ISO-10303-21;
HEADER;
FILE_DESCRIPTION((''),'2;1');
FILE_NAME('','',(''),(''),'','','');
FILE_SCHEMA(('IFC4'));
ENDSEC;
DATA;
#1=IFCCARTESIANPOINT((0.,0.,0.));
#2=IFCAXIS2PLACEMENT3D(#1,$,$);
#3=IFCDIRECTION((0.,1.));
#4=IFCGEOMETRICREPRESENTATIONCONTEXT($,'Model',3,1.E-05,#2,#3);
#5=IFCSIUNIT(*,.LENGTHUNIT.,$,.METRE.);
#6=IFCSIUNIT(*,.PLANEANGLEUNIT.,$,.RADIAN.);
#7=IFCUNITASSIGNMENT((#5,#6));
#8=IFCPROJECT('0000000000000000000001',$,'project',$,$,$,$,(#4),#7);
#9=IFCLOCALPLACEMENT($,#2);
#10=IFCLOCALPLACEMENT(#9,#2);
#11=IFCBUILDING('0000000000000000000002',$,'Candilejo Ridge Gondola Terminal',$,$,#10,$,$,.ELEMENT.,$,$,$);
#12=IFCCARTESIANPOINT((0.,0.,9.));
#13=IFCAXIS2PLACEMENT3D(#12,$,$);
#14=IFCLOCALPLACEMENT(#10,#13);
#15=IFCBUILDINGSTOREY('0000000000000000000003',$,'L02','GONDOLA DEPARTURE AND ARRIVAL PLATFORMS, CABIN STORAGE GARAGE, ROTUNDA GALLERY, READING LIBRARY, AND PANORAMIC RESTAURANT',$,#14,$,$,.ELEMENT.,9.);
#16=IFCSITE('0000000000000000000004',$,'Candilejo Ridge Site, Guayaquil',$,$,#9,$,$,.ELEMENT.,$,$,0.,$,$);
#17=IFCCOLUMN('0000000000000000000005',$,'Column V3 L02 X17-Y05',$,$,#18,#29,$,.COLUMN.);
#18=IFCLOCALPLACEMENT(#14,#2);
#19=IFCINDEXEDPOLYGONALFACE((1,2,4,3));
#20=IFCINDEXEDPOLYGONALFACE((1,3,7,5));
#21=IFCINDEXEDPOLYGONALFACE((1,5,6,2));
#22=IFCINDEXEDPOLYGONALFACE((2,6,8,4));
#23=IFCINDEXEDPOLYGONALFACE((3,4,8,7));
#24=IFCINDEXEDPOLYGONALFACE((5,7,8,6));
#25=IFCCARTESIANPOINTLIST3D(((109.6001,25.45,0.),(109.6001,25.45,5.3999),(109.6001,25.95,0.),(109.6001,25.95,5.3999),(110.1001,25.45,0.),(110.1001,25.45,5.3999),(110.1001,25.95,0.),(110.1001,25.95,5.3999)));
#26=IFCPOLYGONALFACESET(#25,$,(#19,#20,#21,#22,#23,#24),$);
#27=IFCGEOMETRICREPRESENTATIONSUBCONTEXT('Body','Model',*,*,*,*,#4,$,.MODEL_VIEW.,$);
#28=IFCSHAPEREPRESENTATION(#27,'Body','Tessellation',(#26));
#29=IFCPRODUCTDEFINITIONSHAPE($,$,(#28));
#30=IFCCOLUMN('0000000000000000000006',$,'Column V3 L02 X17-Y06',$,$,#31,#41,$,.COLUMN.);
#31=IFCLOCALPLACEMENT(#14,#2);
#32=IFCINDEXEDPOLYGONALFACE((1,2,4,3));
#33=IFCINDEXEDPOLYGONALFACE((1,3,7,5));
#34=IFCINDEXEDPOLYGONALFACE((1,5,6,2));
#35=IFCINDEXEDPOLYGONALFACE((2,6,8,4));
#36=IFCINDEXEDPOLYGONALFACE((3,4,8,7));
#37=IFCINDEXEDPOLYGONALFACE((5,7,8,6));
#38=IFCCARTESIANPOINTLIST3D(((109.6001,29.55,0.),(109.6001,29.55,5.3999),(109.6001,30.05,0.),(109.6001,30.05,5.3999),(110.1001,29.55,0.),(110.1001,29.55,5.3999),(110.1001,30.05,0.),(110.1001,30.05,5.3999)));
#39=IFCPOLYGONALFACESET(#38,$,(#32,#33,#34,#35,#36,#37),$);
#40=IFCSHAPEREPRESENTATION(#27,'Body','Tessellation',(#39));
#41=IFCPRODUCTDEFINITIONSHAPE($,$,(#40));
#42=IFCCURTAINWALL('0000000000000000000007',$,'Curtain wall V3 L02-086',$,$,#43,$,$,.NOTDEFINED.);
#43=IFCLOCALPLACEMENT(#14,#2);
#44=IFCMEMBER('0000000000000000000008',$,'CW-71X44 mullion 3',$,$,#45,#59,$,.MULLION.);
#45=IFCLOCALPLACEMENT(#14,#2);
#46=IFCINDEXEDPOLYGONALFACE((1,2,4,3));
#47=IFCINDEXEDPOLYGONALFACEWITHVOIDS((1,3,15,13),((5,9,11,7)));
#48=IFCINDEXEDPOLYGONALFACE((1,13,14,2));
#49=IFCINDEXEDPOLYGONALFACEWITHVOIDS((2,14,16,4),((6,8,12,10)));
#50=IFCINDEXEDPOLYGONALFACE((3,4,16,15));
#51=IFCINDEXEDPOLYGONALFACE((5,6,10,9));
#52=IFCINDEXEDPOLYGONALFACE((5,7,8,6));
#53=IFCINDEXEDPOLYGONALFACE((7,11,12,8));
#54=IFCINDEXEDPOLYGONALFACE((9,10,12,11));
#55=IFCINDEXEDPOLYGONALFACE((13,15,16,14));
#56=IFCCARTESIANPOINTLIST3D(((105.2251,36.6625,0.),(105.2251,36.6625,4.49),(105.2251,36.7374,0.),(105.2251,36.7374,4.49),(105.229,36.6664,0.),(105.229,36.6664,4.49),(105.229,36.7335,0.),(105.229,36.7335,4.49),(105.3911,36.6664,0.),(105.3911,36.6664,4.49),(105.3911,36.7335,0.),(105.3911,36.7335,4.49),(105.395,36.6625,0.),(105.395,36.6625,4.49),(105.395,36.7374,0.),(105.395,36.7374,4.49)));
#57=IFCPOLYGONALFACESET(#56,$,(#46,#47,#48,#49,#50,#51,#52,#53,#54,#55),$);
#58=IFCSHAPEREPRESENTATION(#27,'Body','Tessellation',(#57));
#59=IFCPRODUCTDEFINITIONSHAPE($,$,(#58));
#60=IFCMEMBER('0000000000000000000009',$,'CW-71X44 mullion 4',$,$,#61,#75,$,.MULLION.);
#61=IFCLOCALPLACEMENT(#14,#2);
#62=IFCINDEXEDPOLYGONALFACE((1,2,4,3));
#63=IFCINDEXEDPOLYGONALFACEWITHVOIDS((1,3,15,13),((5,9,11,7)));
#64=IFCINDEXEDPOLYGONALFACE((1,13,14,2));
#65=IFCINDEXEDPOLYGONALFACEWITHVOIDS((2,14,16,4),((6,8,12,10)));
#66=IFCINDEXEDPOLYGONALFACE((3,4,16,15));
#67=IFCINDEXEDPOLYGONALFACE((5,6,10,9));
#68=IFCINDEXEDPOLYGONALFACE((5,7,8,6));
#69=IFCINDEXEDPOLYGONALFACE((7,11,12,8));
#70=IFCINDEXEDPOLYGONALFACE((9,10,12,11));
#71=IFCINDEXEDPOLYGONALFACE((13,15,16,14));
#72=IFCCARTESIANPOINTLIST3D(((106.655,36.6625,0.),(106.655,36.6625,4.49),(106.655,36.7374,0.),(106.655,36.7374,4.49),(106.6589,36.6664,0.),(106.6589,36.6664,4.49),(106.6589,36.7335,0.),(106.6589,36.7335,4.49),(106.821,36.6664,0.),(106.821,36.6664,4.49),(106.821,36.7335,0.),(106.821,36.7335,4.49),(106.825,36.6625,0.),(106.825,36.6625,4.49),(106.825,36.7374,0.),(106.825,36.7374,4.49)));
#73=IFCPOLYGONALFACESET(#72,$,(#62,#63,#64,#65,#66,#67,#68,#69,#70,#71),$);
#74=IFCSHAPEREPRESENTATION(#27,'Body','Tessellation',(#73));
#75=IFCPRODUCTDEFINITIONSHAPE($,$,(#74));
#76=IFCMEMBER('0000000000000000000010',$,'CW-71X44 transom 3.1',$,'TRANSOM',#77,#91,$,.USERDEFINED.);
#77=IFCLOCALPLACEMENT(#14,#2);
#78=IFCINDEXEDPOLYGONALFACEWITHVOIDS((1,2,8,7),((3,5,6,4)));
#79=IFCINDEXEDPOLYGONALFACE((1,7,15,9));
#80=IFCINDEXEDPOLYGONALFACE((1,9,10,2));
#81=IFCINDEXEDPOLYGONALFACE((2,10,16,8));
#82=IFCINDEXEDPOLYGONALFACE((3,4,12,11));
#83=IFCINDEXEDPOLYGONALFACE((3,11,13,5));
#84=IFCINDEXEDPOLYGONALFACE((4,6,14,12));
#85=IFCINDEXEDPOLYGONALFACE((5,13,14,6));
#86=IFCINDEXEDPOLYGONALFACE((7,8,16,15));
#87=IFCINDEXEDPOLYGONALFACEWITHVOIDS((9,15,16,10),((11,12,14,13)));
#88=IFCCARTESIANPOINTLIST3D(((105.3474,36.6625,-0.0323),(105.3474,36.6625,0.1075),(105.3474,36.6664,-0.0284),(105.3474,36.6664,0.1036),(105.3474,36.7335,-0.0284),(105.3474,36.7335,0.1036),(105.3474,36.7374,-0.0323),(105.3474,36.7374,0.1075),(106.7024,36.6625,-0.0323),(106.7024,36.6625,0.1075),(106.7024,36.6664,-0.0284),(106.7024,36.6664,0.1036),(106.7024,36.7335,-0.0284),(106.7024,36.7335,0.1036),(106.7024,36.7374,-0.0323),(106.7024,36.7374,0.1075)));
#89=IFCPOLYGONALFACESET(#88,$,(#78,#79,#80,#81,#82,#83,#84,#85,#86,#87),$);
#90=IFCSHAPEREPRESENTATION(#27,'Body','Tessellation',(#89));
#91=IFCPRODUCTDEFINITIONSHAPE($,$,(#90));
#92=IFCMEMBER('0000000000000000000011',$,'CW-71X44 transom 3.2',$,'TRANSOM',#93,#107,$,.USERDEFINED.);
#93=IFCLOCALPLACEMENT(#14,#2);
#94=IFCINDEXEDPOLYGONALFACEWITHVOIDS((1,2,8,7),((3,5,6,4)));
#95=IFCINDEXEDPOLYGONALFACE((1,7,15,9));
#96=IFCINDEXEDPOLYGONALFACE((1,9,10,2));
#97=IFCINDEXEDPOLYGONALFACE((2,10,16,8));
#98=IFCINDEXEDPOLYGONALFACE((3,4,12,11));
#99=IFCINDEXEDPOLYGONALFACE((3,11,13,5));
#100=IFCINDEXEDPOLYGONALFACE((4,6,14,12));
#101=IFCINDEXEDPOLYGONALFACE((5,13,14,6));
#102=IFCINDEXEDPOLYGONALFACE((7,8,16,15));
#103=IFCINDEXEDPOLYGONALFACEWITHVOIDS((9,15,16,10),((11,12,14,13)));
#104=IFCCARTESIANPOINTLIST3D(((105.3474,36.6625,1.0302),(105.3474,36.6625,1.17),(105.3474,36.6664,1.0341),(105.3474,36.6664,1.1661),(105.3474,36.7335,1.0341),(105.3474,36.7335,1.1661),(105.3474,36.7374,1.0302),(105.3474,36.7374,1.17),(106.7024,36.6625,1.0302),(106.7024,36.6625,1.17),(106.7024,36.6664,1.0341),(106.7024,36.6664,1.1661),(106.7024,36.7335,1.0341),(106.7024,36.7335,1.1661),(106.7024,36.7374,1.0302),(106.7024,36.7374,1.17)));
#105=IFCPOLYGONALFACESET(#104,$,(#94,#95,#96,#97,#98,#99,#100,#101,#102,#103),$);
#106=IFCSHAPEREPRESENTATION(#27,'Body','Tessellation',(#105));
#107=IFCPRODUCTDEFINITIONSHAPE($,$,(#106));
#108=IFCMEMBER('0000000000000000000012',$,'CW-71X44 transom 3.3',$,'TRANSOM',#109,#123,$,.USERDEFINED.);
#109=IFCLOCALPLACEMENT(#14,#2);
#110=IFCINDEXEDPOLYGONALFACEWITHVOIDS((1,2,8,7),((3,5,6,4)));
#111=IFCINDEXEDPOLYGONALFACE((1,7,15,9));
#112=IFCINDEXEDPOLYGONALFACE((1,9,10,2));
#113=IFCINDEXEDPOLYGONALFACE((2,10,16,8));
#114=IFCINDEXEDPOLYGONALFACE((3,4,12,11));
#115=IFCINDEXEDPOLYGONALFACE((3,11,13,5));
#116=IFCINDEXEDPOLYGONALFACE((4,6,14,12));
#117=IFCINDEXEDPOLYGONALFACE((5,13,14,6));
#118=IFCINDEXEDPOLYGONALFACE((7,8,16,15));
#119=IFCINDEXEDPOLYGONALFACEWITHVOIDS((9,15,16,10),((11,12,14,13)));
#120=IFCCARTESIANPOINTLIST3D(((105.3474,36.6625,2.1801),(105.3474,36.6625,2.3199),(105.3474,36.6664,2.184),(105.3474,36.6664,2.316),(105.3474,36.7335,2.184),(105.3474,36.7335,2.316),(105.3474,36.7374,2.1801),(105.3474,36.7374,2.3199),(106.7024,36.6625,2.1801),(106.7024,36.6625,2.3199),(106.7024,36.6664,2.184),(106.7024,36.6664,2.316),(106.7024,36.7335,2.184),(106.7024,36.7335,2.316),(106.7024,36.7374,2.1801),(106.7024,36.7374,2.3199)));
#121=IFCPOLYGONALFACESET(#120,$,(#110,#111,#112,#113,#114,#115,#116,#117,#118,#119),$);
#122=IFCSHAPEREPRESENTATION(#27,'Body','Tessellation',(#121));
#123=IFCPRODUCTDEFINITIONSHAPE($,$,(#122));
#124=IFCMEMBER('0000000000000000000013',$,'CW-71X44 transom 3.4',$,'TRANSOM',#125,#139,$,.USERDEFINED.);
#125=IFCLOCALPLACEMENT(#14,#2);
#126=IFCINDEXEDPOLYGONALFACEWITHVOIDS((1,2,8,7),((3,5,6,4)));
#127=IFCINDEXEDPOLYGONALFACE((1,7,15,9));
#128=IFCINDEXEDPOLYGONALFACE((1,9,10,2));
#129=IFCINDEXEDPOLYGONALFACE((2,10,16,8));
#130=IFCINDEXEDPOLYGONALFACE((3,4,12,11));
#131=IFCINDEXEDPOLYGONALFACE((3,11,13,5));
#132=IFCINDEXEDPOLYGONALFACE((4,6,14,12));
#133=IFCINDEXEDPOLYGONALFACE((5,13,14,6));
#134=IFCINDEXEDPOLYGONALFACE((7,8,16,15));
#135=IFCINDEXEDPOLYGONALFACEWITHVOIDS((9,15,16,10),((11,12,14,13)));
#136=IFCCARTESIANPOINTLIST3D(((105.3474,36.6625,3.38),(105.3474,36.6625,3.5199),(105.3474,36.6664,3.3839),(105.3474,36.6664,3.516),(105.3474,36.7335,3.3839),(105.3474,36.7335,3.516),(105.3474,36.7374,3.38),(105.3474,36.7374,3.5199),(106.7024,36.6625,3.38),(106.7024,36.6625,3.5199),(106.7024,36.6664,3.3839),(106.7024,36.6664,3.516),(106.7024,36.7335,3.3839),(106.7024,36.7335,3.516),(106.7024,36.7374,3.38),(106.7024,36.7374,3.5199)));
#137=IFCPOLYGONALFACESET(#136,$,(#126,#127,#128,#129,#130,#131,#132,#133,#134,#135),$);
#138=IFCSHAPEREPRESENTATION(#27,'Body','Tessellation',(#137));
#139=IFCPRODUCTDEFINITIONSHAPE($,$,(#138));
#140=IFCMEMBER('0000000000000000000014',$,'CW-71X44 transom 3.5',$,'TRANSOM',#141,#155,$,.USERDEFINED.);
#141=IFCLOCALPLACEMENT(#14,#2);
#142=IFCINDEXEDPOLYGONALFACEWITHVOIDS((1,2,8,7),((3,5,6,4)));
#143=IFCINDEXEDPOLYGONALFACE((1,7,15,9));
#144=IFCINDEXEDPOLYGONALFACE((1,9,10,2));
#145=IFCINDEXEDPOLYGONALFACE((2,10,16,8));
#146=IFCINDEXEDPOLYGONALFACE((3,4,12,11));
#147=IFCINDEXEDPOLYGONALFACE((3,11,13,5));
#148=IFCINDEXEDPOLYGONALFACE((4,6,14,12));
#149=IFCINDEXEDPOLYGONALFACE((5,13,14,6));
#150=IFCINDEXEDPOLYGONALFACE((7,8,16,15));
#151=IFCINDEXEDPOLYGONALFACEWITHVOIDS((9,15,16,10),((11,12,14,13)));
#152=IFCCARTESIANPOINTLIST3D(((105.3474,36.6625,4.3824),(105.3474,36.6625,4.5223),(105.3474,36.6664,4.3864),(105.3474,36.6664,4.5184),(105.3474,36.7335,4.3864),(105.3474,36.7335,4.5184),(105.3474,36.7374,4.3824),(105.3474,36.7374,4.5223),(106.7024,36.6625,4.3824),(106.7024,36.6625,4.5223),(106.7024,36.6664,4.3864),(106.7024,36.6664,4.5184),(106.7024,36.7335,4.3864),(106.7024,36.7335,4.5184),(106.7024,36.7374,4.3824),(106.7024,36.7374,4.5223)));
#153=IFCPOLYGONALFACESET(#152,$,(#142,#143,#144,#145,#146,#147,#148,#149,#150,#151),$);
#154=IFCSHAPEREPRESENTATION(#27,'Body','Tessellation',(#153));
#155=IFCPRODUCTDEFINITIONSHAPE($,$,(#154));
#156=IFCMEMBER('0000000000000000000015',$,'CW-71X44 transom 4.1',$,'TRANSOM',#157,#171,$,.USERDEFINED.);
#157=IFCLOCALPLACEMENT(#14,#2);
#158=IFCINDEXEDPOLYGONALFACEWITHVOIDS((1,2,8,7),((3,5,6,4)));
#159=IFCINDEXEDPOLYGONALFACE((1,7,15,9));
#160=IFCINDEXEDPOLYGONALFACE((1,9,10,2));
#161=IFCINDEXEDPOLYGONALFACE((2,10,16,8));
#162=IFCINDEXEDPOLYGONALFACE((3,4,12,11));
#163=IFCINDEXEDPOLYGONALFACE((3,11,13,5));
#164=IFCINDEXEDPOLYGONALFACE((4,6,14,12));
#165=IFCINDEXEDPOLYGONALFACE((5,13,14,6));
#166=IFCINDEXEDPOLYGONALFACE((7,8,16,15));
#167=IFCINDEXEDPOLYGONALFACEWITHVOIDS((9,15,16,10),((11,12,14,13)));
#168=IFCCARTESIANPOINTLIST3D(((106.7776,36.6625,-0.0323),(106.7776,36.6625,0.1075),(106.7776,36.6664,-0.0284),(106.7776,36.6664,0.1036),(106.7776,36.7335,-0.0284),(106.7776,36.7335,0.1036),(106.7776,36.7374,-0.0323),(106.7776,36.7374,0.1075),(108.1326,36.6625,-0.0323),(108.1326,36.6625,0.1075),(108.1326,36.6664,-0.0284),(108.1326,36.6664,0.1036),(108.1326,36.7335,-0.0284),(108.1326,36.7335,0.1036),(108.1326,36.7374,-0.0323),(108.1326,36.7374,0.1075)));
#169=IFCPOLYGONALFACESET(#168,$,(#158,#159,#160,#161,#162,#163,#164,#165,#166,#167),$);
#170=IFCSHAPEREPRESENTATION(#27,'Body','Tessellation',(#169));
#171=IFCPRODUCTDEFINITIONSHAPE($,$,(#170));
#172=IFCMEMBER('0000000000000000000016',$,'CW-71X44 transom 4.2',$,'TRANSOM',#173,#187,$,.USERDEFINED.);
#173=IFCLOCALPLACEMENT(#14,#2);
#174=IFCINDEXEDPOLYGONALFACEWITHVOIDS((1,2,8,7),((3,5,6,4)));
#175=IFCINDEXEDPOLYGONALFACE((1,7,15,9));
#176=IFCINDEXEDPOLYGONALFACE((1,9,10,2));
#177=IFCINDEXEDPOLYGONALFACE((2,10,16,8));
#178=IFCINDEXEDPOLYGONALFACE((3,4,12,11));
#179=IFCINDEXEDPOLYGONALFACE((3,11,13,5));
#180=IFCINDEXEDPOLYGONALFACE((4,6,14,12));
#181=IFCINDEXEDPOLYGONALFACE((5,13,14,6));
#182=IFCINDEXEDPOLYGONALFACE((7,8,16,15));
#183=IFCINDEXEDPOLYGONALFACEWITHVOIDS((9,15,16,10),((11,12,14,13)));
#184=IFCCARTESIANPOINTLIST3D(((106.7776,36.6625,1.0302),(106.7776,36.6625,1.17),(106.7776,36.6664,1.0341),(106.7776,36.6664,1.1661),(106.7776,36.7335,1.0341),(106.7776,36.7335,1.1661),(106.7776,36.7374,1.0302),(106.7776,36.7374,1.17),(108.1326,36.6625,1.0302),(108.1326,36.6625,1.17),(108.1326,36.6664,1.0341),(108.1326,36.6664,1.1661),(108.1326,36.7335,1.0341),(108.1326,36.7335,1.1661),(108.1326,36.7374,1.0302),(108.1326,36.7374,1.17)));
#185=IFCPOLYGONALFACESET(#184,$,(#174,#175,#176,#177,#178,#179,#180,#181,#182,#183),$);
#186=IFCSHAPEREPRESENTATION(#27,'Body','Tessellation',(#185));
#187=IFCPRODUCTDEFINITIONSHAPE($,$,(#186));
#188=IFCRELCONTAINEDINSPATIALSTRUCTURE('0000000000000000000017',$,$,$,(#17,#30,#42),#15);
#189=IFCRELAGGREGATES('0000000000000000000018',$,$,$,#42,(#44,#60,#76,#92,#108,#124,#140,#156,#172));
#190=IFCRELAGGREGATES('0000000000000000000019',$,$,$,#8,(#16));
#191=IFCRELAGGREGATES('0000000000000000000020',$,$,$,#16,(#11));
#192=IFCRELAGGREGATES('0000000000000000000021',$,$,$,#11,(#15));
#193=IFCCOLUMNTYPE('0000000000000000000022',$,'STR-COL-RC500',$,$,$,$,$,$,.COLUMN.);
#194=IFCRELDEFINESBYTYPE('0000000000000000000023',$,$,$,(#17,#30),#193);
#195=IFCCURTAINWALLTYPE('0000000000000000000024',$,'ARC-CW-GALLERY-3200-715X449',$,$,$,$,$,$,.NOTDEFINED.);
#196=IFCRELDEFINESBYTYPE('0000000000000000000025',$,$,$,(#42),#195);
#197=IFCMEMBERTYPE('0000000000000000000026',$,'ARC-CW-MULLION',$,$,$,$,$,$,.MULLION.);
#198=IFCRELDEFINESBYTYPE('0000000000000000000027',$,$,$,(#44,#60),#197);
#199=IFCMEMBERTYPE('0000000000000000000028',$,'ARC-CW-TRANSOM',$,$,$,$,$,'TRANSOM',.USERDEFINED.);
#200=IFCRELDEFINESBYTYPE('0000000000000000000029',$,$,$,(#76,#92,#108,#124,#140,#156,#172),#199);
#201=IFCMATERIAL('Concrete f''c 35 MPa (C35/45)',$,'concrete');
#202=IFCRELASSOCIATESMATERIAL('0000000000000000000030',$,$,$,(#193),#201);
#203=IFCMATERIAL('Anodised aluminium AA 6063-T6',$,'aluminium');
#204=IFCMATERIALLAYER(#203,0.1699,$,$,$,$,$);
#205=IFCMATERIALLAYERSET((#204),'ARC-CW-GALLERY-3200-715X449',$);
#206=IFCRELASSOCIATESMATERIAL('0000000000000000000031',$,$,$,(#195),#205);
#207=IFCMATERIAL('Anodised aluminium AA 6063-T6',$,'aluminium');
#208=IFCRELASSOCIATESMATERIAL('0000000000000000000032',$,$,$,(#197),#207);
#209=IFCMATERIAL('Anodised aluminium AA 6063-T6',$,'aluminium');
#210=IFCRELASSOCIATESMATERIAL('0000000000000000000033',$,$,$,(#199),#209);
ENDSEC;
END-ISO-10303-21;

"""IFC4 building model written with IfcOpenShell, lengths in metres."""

from ifc_helpers import new_model, si_unit, direction, frame, origin, origin_2d, place, context, subcontext, project, spatial, rectangle, hollow_rectangle, extrude, material, layer, layer_set, material_profile, profile_set, type_object, element, aggregate, save


model = new_model("IFC4")

# Units and contexts
model_context = context("Model", 3, precision=1e-05, world=origin(), true_north=direction((0.0, 1.0)))
body_context = subcontext(model_context, "Body", "Model", "MODEL_VIEW")
ifc_project = project(units=[si_unit("LENGTHUNIT", "METRE"), si_unit("PLANEANGLEUNIT", "RADIAN")], contexts=[model_context])

# Site, building, storey
site_placement = place(None, origin())
site = spatial("IfcSite", under=ifc_project, at=site_placement, Name="Candilejo Ridge Site, Guayaquil", CompositionType="ELEMENT", RefElevation=0.0)
building_placement = place(site_placement, origin())
building = spatial("IfcBuilding", under=site, at=building_placement, Name="Candilejo Ridge Gondola Terminal", CompositionType="ELEMENT")
storey_placement = place(building_placement, frame((0.0, 0.0, 9.0)))
storey = spatial("IfcBuildingStorey", under=building, at=storey_placement, Name="L02", Description="GONDOLA DEPARTURE AND ARRIVAL PLATFORMS, CABIN STORAGE GARAGE, ROTUNDA GALLERY, READING LIBRARY, AND PANORAMIC RESTAURANT", CompositionType="ELEMENT", Elevation=9.0)

# Columns
ifc_material_1 = material(Name="Concrete f'c 35 MPa (C35/45)", Category="concrete")
ifc_material_profile_1 = material_profile(ifc_material_1, rectangle(XDim=0.5, YDim=0.5, at=origin_2d()))
ifc_profile_set_1 = profile_set([ifc_material_profile_1], Name="Concrete f'c 35 MPa (C35/45)")
column_type = type_object("IfcColumnType", Name="STR-COL-RC500", PredefinedType="COLUMN", material=ifc_profile_set_1)
for number, where, z_axis, x_axis, name in (
    (1, (109.8501, 25.7, 0.0), (0.0, 0.0, 1.0), (1.0, 0.0, 0.0), "Column V3 L02 X17-Y05"),
    (2, (109.8501, 29.8, 0.0), (0.0, 0.0, 1.0), (1.0, 0.0, 0.0), "Column V3 L02 X17-Y06"),
):
    element("IfcColumn", number, at=place(storey_placement, frame(where, z_axis=z_axis, x_axis=x_axis)), inside=storey, type_object=column_type, Name=name, PredefinedType="COLUMN", context=body_context, shape_type="SweptSolid", body=[
        extrude(rectangle(XDim=0.5, YDim=0.5, at=origin_2d()), origin(), (0.0, 0.0, 1.0), 5.3999),
    ])

# Curtain wall, members
ifc_material_2 = material(Name="Anodised aluminium AA 6063-T6", Category="aluminium")
ifc_layer_1 = layer(ifc_material_2, 0.1699)
ifc_layer_set_1 = layer_set([ifc_layer_1], Name="ARC-CW-GALLERY-3200-715X449")
curtain_wall_type = type_object("IfcCurtainWallType", Name="ARC-CW-GALLERY-3200-715X449", PredefinedType="NOTDEFINED", material=ifc_layer_set_1)
curtain_wall_placement = place(storey_placement, origin())
curtain_wall = element("IfcCurtainWall", 3, at=curtain_wall_placement, inside=storey, type_object=curtain_wall_type, Name="Curtain wall V3 L02-086", PredefinedType="NOTDEFINED")
ifc_material_3 = material(Name="Anodised aluminium AA 6063-T6", Category="aluminium")
ifc_material_profile_2 = material_profile(ifc_material_3, hollow_rectangle(XDim=0.075, YDim=0.1699, WallThickness=0.0039, at=origin_2d()))
ifc_profile_set_2 = profile_set([ifc_material_profile_2], Name="Anodised aluminium AA 6063-T6")
member_type_1 = type_object("IfcMemberType", Name="ARC-CW-MULLION", PredefinedType="MULLION", material=ifc_profile_set_2)
member_1_placement = place(storey_placement, frame((105.3101, 36.7, 0.0), z_axis=(0.0, 0.0, 1.0), x_axis=(0.0, 1.0, 0.0)))
member_1 = element("IfcMember", 4, at=member_1_placement, type_object=member_type_1, Name="CW-71X44 mullion 3", PredefinedType="MULLION", context=body_context, shape_type="SweptSolid", body=[
    extrude(hollow_rectangle(XDim=0.075, YDim=0.1699, WallThickness=0.0039, at=origin_2d()), origin(), (0.0, 0.0, 1.0), 4.49),
])
member_2_placement = place(storey_placement, frame((106.74, 36.7, 0.0), z_axis=(0.0, 0.0, 1.0), x_axis=(0.0, 1.0, 0.0)))
member_2 = element("IfcMember", 5, at=member_2_placement, type_object=member_type_1, Name="CW-71X44 mullion 4", PredefinedType="MULLION", context=body_context, shape_type="SweptSolid", body=[
    extrude(hollow_rectangle(XDim=0.075, YDim=0.1699, WallThickness=0.0039, at=origin_2d()), origin(), (0.0, 0.0, 1.0), 4.49),
])
ifc_material_4 = material(Name="Anodised aluminium AA 6063-T6", Category="aluminium")
ifc_material_profile_3 = material_profile(ifc_material_4, hollow_rectangle(XDim=0.075, YDim=0.1399, WallThickness=0.0039, at=origin_2d()))
ifc_profile_set_3 = profile_set([ifc_material_profile_3], Name="Anodised aluminium AA 6063-T6")
member_type_2 = type_object("IfcMemberType", Name="ARC-CW-TRANSOM", ElementType="TRANSOM", PredefinedType="USERDEFINED", material=ifc_profile_set_3)
member_3_placement = place(storey_placement, frame((105.3474, 36.7, 0.0376), z_axis=(1.0, 0.0, 0.0), x_axis=(0.0, 1.0, 0.0)))
member_3 = element("IfcMember", 6, at=member_3_placement, type_object=member_type_2, Name="CW-71X44 transom 3.1", ObjectType="TRANSOM", PredefinedType="USERDEFINED", context=body_context, shape_type="SweptSolid", body=[
    extrude(hollow_rectangle(XDim=0.075, YDim=0.1399, WallThickness=0.0039, at=origin_2d()), origin(), (0.0, 0.0, 1.0), 1.355),
])
member_4_placement = place(storey_placement, frame((105.3474, 36.7, 1.1001), z_axis=(1.0, 0.0, 0.0), x_axis=(0.0, 1.0, 0.0)))
member_4 = element("IfcMember", 7, at=member_4_placement, type_object=member_type_2, Name="CW-71X44 transom 3.2", ObjectType="TRANSOM", PredefinedType="USERDEFINED", context=body_context, shape_type="SweptSolid", body=[
    extrude(hollow_rectangle(XDim=0.075, YDim=0.1399, WallThickness=0.0039, at=origin_2d()), origin(), (0.0, 0.0, 1.0), 1.355),
])
member_5_placement = place(storey_placement, frame((105.3474, 36.7, 2.25), z_axis=(1.0, 0.0, 0.0), x_axis=(0.0, 1.0, 0.0)))
member_5 = element("IfcMember", 8, at=member_5_placement, type_object=member_type_2, Name="CW-71X44 transom 3.3", ObjectType="TRANSOM", PredefinedType="USERDEFINED", context=body_context, shape_type="SweptSolid", body=[
    extrude(hollow_rectangle(XDim=0.075, YDim=0.1399, WallThickness=0.0039, at=origin_2d()), origin(), (0.0, 0.0, 1.0), 1.355),
])
member_6_placement = place(storey_placement, frame((105.3474, 36.7, 3.45), z_axis=(1.0, 0.0, 0.0), x_axis=(0.0, 1.0, 0.0)))
member_6 = element("IfcMember", 9, at=member_6_placement, type_object=member_type_2, Name="CW-71X44 transom 3.4", ObjectType="TRANSOM", PredefinedType="USERDEFINED", context=body_context, shape_type="SweptSolid", body=[
    extrude(hollow_rectangle(XDim=0.075, YDim=0.1399, WallThickness=0.0039, at=origin_2d()), origin(), (0.0, 0.0, 1.0), 1.355),
])
member_7_placement = place(storey_placement, frame((105.3474, 36.7, 4.4524), z_axis=(1.0, 0.0, 0.0), x_axis=(0.0, 1.0, 0.0)))
member_7 = element("IfcMember", 10, at=member_7_placement, type_object=member_type_2, Name="CW-71X44 transom 3.5", ObjectType="TRANSOM", PredefinedType="USERDEFINED", context=body_context, shape_type="SweptSolid", body=[
    extrude(hollow_rectangle(XDim=0.075, YDim=0.1399, WallThickness=0.0039, at=origin_2d()), origin(), (0.0, 0.0, 1.0), 1.355),
])
member_8_placement = place(storey_placement, frame((106.7776, 36.7, 0.0376), z_axis=(1.0, 0.0, 0.0), x_axis=(0.0, 1.0, 0.0)))
member_8 = element("IfcMember", 11, at=member_8_placement, type_object=member_type_2, Name="CW-71X44 transom 4.1", ObjectType="TRANSOM", PredefinedType="USERDEFINED", context=body_context, shape_type="SweptSolid", body=[
    extrude(hollow_rectangle(XDim=0.075, YDim=0.1399, WallThickness=0.0039, at=origin_2d()), origin(), (0.0, 0.0, 1.0), 1.355),
])
member_9_placement = place(storey_placement, frame((106.7776, 36.7, 1.1001), z_axis=(1.0, 0.0, 0.0), x_axis=(0.0, 1.0, 0.0)))
member_9 = element("IfcMember", 12, at=member_9_placement, type_object=member_type_2, Name="CW-71X44 transom 4.2", ObjectType="TRANSOM", PredefinedType="USERDEFINED", context=body_context, shape_type="SweptSolid", body=[
    extrude(hollow_rectangle(XDim=0.075, YDim=0.1399, WallThickness=0.0039, at=origin_2d()), origin(), (0.0, 0.0, 1.0), 1.355),
])

aggregate(curtain_wall, [member_1, member_2, member_3, member_4, member_5, member_6, member_7, member_8, member_9])

save(model, "model.ifc")
